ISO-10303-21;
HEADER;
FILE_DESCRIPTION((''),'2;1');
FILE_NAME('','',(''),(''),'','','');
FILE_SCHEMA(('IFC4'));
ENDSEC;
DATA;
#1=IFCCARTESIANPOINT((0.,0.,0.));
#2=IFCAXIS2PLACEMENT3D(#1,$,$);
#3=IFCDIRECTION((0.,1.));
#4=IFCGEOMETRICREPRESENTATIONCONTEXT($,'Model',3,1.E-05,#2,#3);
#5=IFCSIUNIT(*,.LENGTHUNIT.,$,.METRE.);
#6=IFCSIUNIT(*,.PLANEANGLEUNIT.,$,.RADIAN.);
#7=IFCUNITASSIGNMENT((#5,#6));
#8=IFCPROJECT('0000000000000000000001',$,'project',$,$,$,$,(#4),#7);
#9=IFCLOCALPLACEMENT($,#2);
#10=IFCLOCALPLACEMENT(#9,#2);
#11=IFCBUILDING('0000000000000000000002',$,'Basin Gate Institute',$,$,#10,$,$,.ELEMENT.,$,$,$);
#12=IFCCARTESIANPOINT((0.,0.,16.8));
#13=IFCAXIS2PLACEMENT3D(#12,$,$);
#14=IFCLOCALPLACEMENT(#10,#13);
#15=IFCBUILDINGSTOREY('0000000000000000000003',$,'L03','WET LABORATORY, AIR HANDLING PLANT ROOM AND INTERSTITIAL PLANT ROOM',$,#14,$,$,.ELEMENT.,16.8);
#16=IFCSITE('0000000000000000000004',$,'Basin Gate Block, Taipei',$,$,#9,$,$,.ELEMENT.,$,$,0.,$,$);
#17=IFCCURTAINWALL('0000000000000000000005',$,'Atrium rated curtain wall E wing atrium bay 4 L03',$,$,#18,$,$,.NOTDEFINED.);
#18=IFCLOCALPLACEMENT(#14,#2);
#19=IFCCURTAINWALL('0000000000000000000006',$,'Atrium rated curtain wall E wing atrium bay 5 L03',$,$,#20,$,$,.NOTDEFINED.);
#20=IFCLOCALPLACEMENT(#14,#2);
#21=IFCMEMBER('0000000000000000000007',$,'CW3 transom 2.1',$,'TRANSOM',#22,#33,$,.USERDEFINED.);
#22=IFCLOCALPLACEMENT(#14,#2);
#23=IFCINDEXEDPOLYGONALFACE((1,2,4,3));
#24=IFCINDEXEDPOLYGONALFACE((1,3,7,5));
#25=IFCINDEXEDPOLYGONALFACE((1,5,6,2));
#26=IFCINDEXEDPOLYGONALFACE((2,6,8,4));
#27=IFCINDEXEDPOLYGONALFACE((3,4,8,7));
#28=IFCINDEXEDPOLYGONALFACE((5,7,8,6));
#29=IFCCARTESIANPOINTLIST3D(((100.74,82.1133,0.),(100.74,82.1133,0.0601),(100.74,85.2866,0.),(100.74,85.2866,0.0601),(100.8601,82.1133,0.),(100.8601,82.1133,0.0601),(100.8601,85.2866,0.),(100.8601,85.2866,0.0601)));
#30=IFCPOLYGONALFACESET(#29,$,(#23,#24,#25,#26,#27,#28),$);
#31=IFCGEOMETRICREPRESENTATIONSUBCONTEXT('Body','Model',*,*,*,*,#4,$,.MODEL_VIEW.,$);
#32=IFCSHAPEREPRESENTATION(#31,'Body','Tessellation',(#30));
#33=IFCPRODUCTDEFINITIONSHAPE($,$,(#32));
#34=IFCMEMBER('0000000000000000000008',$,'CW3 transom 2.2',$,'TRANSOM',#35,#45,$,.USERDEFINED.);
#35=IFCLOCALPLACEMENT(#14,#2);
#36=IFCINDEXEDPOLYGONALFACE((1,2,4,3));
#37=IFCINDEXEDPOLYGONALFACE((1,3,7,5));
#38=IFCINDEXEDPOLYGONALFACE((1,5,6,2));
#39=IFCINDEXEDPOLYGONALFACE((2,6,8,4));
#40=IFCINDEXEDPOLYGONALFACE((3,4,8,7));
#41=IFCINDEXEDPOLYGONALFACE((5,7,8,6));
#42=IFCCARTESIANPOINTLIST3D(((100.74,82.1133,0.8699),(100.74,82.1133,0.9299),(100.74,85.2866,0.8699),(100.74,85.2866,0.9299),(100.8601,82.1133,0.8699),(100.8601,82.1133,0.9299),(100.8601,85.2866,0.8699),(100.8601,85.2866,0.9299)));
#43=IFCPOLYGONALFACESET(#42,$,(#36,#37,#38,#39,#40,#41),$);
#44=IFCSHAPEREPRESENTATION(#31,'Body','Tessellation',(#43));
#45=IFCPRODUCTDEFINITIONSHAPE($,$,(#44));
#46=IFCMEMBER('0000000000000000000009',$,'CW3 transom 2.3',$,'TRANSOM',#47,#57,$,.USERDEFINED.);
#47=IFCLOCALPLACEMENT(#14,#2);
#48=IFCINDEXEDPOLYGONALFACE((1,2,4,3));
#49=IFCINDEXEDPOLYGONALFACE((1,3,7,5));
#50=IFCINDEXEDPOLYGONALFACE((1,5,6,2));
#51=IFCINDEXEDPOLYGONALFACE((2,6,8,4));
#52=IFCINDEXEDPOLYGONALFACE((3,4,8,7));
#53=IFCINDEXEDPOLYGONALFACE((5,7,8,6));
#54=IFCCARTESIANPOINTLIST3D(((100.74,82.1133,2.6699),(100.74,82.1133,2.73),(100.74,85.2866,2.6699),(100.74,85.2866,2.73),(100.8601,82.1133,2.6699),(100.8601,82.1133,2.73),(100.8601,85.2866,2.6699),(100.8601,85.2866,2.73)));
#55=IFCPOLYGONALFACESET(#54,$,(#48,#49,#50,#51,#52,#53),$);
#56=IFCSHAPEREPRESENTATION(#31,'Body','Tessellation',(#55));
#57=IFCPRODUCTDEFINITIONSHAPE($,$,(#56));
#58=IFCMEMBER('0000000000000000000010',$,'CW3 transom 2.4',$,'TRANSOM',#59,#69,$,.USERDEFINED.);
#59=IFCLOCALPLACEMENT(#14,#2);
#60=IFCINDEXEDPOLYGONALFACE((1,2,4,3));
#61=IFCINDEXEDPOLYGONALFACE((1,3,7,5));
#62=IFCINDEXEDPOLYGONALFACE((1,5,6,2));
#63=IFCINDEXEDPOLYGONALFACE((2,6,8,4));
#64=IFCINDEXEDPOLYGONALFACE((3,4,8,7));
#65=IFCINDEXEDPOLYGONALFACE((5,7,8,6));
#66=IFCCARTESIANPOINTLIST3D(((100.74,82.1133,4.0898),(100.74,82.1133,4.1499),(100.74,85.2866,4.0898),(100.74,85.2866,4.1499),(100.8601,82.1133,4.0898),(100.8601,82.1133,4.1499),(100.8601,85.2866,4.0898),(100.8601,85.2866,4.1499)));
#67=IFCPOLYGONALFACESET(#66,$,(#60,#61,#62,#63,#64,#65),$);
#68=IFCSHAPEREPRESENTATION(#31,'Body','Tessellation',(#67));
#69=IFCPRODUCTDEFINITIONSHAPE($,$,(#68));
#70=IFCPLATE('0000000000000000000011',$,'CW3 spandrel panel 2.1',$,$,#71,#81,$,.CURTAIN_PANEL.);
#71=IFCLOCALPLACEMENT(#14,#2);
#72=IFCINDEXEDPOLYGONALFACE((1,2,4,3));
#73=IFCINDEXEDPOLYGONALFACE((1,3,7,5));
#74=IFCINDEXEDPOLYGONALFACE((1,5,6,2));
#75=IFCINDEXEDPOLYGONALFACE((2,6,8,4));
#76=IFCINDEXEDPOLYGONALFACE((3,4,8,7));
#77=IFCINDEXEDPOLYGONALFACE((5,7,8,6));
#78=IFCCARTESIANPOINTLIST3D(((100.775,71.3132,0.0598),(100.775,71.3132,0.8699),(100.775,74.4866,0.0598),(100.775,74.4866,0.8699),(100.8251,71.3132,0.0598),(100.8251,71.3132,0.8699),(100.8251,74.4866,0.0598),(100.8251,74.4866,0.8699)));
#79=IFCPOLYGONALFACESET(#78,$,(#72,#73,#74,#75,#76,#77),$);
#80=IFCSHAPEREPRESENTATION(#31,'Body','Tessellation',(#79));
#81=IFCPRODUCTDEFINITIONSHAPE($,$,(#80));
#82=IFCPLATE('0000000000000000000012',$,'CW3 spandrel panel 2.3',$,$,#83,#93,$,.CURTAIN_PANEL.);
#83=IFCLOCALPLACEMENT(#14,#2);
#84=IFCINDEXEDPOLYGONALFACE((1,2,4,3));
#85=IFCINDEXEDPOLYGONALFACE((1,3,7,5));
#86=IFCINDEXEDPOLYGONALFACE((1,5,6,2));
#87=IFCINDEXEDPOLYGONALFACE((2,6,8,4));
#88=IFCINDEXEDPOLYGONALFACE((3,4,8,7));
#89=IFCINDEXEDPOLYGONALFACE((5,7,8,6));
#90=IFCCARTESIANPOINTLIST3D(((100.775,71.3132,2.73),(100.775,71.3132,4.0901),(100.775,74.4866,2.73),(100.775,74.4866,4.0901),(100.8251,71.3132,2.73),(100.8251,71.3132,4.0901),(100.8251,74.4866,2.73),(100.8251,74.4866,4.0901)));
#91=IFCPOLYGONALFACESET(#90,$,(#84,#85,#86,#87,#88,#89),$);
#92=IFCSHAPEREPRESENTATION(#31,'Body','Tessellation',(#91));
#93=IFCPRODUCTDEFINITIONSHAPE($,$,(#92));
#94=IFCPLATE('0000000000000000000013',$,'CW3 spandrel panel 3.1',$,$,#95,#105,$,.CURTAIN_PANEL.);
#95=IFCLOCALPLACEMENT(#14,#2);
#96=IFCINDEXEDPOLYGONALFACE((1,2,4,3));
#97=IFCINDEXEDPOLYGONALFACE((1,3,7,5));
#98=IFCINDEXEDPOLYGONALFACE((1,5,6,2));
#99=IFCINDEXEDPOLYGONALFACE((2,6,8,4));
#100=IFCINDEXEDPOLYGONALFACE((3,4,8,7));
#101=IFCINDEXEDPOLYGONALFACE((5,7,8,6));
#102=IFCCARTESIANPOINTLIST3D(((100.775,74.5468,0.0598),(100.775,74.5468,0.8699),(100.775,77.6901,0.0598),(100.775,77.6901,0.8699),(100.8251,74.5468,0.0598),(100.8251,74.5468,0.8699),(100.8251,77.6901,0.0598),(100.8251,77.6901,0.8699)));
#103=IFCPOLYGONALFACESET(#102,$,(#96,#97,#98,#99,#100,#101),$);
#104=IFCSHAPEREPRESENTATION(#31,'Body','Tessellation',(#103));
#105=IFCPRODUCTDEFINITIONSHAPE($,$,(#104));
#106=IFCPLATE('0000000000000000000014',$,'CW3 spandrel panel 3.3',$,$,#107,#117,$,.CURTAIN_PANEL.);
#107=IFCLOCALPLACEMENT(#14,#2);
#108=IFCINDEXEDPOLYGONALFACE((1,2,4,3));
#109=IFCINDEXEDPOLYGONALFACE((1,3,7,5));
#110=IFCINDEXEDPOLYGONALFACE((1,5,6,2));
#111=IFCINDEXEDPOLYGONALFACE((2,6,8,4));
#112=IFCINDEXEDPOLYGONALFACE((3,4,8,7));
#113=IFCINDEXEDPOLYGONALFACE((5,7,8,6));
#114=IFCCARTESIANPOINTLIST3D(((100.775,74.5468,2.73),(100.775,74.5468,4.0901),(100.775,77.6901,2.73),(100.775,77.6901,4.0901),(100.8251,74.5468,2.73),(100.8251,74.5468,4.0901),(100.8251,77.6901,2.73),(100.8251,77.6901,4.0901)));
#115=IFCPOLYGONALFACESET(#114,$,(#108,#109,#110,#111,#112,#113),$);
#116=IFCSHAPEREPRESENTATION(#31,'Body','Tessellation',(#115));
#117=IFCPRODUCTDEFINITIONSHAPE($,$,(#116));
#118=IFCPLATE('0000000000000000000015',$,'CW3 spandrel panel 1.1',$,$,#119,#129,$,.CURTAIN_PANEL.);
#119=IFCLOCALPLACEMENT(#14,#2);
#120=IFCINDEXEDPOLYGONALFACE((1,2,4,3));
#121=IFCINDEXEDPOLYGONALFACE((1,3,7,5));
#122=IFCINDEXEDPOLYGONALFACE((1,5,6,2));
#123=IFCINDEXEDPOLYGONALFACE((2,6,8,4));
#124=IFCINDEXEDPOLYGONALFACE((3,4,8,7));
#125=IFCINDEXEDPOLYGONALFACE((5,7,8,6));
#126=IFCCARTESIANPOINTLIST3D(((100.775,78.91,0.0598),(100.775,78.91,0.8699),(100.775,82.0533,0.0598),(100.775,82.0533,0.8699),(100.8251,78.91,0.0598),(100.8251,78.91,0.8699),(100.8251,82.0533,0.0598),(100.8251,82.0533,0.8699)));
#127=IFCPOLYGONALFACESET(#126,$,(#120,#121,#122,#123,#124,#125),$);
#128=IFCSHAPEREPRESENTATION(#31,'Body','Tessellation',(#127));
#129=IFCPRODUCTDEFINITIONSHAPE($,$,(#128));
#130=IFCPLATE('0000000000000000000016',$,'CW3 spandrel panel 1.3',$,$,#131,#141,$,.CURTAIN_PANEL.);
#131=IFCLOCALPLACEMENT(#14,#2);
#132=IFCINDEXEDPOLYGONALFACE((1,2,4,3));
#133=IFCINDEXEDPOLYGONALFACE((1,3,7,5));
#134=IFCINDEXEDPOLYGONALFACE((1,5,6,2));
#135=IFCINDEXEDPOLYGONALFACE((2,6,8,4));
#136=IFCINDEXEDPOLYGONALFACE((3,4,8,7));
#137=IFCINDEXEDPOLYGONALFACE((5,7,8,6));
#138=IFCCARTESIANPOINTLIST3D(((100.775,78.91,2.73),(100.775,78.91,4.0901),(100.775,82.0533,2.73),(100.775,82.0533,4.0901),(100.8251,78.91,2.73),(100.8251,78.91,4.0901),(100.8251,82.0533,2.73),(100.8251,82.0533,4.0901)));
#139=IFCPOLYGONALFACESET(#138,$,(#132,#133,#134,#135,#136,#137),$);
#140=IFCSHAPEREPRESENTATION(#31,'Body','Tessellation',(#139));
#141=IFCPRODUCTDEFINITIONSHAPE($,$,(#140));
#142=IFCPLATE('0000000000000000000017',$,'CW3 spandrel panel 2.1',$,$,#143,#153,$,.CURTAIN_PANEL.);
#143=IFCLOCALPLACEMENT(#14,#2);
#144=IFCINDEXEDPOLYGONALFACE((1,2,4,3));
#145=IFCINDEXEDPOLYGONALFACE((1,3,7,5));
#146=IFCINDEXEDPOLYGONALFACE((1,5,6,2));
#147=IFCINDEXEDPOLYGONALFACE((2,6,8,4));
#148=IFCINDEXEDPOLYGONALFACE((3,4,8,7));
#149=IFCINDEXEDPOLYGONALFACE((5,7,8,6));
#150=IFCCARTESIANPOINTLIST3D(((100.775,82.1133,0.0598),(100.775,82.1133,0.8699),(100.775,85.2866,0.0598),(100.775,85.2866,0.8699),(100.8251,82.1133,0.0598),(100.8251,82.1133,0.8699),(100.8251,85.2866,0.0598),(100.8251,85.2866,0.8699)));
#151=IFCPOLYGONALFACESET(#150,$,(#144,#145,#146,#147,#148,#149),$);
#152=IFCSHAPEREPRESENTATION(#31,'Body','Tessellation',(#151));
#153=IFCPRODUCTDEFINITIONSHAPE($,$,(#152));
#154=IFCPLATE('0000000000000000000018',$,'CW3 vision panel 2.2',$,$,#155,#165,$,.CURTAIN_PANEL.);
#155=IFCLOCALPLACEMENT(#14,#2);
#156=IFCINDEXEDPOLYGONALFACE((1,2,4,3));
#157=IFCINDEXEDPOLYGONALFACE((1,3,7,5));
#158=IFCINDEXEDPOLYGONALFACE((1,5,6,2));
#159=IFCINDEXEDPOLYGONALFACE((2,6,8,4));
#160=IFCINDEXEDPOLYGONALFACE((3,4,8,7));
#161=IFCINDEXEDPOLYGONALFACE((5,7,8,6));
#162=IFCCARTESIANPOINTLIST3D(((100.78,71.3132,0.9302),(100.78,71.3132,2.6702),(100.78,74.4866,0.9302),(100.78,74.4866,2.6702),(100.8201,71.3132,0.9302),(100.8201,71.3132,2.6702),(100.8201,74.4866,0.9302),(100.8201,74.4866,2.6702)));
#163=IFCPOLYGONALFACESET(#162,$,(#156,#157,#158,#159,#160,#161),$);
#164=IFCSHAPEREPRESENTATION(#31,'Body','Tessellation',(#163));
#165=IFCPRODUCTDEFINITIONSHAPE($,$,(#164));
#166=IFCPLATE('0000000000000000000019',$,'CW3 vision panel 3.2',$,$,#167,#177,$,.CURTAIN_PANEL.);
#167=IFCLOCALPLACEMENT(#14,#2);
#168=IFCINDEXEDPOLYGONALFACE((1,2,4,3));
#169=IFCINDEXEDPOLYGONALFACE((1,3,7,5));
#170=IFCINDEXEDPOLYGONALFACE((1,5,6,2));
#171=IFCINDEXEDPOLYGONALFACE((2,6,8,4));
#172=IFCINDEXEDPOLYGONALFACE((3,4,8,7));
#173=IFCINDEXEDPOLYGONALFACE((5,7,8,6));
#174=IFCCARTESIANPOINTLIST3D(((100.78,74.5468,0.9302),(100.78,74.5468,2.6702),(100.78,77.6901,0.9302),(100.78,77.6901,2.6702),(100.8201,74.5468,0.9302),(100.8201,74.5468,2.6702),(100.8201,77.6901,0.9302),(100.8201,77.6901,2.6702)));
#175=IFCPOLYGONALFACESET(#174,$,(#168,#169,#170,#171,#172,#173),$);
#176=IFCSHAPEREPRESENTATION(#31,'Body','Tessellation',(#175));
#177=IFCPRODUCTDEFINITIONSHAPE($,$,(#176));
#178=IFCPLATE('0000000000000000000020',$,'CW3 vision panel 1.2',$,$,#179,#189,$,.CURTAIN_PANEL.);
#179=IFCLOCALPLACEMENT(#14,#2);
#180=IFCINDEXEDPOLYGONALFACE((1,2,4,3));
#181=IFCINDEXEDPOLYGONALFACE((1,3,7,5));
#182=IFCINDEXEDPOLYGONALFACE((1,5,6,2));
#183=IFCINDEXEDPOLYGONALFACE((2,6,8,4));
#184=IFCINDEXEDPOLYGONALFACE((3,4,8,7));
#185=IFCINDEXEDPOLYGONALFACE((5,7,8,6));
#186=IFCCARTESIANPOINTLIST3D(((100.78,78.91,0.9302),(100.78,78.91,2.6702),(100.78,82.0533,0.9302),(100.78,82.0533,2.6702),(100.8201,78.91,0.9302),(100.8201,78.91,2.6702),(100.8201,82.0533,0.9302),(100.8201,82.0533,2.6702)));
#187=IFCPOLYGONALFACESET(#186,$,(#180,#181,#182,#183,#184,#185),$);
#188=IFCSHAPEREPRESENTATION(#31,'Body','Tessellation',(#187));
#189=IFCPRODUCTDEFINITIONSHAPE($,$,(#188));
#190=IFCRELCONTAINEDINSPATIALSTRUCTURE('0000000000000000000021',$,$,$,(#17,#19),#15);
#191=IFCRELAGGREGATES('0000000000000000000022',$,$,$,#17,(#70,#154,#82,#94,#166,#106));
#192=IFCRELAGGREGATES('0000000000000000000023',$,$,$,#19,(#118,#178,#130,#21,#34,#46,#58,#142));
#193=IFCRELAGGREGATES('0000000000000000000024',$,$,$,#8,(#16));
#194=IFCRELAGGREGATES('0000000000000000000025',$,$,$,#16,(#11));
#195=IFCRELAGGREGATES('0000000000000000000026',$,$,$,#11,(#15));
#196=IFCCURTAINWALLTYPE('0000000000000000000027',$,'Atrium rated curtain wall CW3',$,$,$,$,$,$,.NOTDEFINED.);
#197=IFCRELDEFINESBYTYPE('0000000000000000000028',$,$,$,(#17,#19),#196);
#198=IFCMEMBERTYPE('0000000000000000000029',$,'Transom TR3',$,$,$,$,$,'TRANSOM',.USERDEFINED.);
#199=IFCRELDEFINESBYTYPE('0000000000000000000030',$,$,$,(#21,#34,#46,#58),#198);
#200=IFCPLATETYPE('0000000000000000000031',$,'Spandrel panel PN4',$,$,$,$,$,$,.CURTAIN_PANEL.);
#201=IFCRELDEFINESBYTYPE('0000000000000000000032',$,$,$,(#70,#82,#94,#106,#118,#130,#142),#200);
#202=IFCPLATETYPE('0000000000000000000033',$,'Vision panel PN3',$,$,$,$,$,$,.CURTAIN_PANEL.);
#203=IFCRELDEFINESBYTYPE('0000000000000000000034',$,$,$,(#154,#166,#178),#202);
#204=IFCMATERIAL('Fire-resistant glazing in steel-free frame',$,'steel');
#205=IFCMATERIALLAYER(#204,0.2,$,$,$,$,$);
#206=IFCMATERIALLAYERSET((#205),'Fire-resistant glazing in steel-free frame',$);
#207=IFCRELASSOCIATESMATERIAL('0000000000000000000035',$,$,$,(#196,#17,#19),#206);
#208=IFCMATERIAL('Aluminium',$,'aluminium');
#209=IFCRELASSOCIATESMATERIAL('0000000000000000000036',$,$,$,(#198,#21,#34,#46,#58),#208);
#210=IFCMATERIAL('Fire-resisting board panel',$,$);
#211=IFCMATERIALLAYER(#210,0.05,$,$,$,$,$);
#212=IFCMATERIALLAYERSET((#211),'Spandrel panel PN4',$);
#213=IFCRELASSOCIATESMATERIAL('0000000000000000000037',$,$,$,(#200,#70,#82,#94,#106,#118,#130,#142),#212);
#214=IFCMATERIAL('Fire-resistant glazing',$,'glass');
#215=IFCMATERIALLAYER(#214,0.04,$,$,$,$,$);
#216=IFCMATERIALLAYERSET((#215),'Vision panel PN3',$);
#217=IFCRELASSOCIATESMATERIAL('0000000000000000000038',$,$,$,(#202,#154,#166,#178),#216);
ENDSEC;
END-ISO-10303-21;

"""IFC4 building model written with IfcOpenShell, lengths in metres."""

from ifc_helpers import new_model, si_unit, direction, frame, origin, origin_2d, place, context, subcontext, project, spatial, rectangle, extrude, material, layer, layer_set, material_profile, profile_set, type_object, element, aggregate, save


model = new_model("IFC4")

# Units and contexts
model_context = context("Model", 3, precision=1e-05, world=origin(), true_north=direction((0.0, 1.0)))
body_context = subcontext(model_context, "Body", "Model", "MODEL_VIEW")
ifc_project = project(units=[si_unit("LENGTHUNIT", "METRE"), si_unit("PLANEANGLEUNIT", "RADIAN")], contexts=[model_context])

# Site, building, storey
site_placement = place(None, origin())
site = spatial("IfcSite", under=ifc_project, at=site_placement, Name="Basin Gate Block, Taipei", CompositionType="ELEMENT", RefElevation=0.0)
building_placement = place(site_placement, origin())
building = spatial("IfcBuilding", under=site, at=building_placement, Name="Basin Gate Institute", CompositionType="ELEMENT")
storey_placement = place(building_placement, frame((0.0, 0.0, 16.8)))
storey = spatial("IfcBuildingStorey", under=building, at=storey_placement, Name="L03", Description="WET LABORATORY, AIR HANDLING PLANT ROOM AND INTERSTITIAL PLANT ROOM", CompositionType="ELEMENT", Elevation=16.8)

# Curtain walls
ifc_material_1 = material(Name="Fire-resistant glazing in steel-free frame", Category="steel")
ifc_layer_1 = layer(ifc_material_1, 0.2)
ifc_layer_set_1 = layer_set([ifc_layer_1], Name="Fire-resistant glazing in steel-free frame")
curtain_wall_type = type_object("IfcCurtainWallType", Name="Atrium rated curtain wall CW3", PredefinedType="NOTDEFINED", material=ifc_layer_set_1)
curtain_wall_1_placement = place(storey_placement, origin())
curtain_wall_1 = element("IfcCurtainWall", 1, at=curtain_wall_1_placement, inside=storey, type_object=curtain_wall_type, material=ifc_layer_set_1, Name="Atrium rated curtain wall E wing atrium bay 4 L03", PredefinedType="NOTDEFINED")
curtain_wall_2_placement = place(storey_placement, origin())
curtain_wall_2 = element("IfcCurtainWall", 2, at=curtain_wall_2_placement, inside=storey, type_object=curtain_wall_type, material=ifc_layer_set_1, Name="Atrium rated curtain wall E wing atrium bay 5 L03", PredefinedType="NOTDEFINED")

# Members
ifc_material_2 = material(Name="Aluminium", Category="aluminium")
ifc_material_profile_1 = material_profile(ifc_material_2, rectangle(XDim=0.1201, YDim=0.0601, at=origin_2d()), Name="Transom TR3 120 x 60")
ifc_profile_set_1 = profile_set([ifc_material_profile_1], Name="Aluminium")
member_type_1 = type_object("IfcMemberType", Name="Transom TR3", ElementType="TRANSOM", PredefinedType="USERDEFINED", material=ifc_profile_set_1)
member_1_placement = place(storey_placement, frame((100.8, 82.1133, 0.03), z_axis=(0.0, 1.0, 0.0), x_axis=(-1.0, 0.0, 0.0)))
member_1 = element("IfcMember", 3, at=member_1_placement, type_object=member_type_1, material=ifc_profile_set_1, Name="CW3 transom 2.1", ObjectType="TRANSOM", PredefinedType="USERDEFINED", context=body_context, shape_type="SweptSolid", body=[
    extrude(rectangle(XDim=0.1201, YDim=0.0601, at=origin_2d()), origin(), (0.0, 0.0, 1.0), 3.1733),
])
member_2_placement = place(storey_placement, frame((100.8, 82.1133, 0.8999), z_axis=(0.0, 1.0, 0.0), x_axis=(-1.0, 0.0, 0.0)))
member_2 = element("IfcMember", 4, at=member_2_placement, type_object=member_type_1, material=ifc_profile_set_1, Name="CW3 transom 2.2", ObjectType="TRANSOM", PredefinedType="USERDEFINED", context=body_context, shape_type="SweptSolid", body=[
    extrude(rectangle(XDim=0.1201, YDim=0.0601, at=origin_2d()), origin(), (0.0, 0.0, 1.0), 3.1733),
])
member_3_placement = place(storey_placement, frame((100.8, 82.1133, 2.7), z_axis=(0.0, 1.0, 0.0), x_axis=(-1.0, 0.0, 0.0)))
member_3 = element("IfcMember", 5, at=member_3_placement, type_object=member_type_1, material=ifc_profile_set_1, Name="CW3 transom 2.3", ObjectType="TRANSOM", PredefinedType="USERDEFINED", context=body_context, shape_type="SweptSolid", body=[
    extrude(rectangle(XDim=0.1201, YDim=0.0601, at=origin_2d()), origin(), (0.0, 0.0, 1.0), 3.1733),
])
member_4_placement = place(storey_placement, frame((100.8, 82.1133, 4.1199), z_axis=(0.0, 1.0, 0.0), x_axis=(-1.0, 0.0, 0.0)))
member_4 = element("IfcMember", 6, at=member_4_placement, type_object=member_type_1, material=ifc_profile_set_1, Name="CW3 transom 2.4", ObjectType="TRANSOM", PredefinedType="USERDEFINED", context=body_context, shape_type="SweptSolid", body=[
    extrude(rectangle(XDim=0.1201, YDim=0.0601, at=origin_2d()), origin(), (0.0, 0.0, 1.0), 3.1733),
])

# Plates
ifc_material_3 = material(Name="Fire-resisting board panel")
ifc_layer_2 = layer(ifc_material_3, 0.05)
ifc_layer_set_2 = layer_set([ifc_layer_2], Name="Spandrel panel PN4")
plate_type_1 = type_object("IfcPlateType", Name="Spandrel panel PN4", PredefinedType="CURTAIN_PANEL", material=ifc_layer_set_2)
plate_1_placement = place(storey_placement, frame((100.8, 72.8999, 0.0598), z_axis=(0.0, 0.0, 1.0), x_axis=(0.0, 1.0, 0.0)))
plate_1 = element("IfcPlate", 7, at=plate_1_placement, type_object=plate_type_1, material=ifc_layer_set_2, Name="CW3 spandrel panel 2.1", PredefinedType="CURTAIN_PANEL", context=body_context, shape_type="SweptSolid", body=[
    extrude(rectangle(XDim=3.1733, YDim=0.05, at=origin_2d()), origin(), (0.0, 0.0, 1.0), 0.8101),
])
plate_2_placement = place(storey_placement, frame((100.8, 72.8999, 2.73), z_axis=(0.0, 0.0, 1.0), x_axis=(0.0, 1.0, 0.0)))
plate_2 = element("IfcPlate", 8, at=plate_2_placement, type_object=plate_type_1, material=ifc_layer_set_2, Name="CW3 spandrel panel 2.3", PredefinedType="CURTAIN_PANEL", context=body_context, shape_type="SweptSolid", body=[
    extrude(rectangle(XDim=3.1733, YDim=0.05, at=origin_2d()), origin(), (0.0, 0.0, 1.0), 1.3601),
])
plate_3_placement = place(storey_placement, frame((100.8, 76.1184, 0.0598), z_axis=(0.0, 0.0, 1.0), x_axis=(0.0, 1.0, 0.0)))
plate_3 = element("IfcPlate", 9, at=plate_3_placement, type_object=plate_type_1, material=ifc_layer_set_2, Name="CW3 spandrel panel 3.1", PredefinedType="CURTAIN_PANEL", context=body_context, shape_type="SweptSolid", body=[
    extrude(rectangle(XDim=3.1433, YDim=0.05, at=origin_2d()), origin(), (0.0, 0.0, 1.0), 0.8101),
])
plate_4_placement = place(storey_placement, frame((100.8, 76.1184, 2.73), z_axis=(0.0, 0.0, 1.0), x_axis=(0.0, 1.0, 0.0)))
plate_4 = element("IfcPlate", 10, at=plate_4_placement, type_object=plate_type_1, material=ifc_layer_set_2, Name="CW3 spandrel panel 3.3", PredefinedType="CURTAIN_PANEL", context=body_context, shape_type="SweptSolid", body=[
    extrude(rectangle(XDim=3.1433, YDim=0.05, at=origin_2d()), origin(), (0.0, 0.0, 1.0), 1.3601),
])
plate_5_placement = place(storey_placement, frame((100.8, 80.4817, 0.0598), z_axis=(0.0, 0.0, 1.0), x_axis=(0.0, 1.0, 0.0)))
plate_5 = element("IfcPlate", 11, at=plate_5_placement, type_object=plate_type_1, material=ifc_layer_set_2, Name="CW3 spandrel panel 1.1", PredefinedType="CURTAIN_PANEL", context=body_context, shape_type="SweptSolid", body=[
    extrude(rectangle(XDim=3.1433, YDim=0.05, at=origin_2d()), origin(), (0.0, 0.0, 1.0), 0.8101),
])
plate_6_placement = place(storey_placement, frame((100.8, 80.4817, 2.73), z_axis=(0.0, 0.0, 1.0), x_axis=(0.0, 1.0, 0.0)))
plate_6 = element("IfcPlate", 12, at=plate_6_placement, type_object=plate_type_1, material=ifc_layer_set_2, Name="CW3 spandrel panel 1.3", PredefinedType="CURTAIN_PANEL", context=body_context, shape_type="SweptSolid", body=[
    extrude(rectangle(XDim=3.1433, YDim=0.05, at=origin_2d()), origin(), (0.0, 0.0, 1.0), 1.3601),
])
plate_7_placement = place(storey_placement, frame((100.8, 83.7, 0.0598), z_axis=(0.0, 0.0, 1.0), x_axis=(0.0, 1.0, 0.0)))
plate_7 = element("IfcPlate", 13, at=plate_7_placement, type_object=plate_type_1, material=ifc_layer_set_2, Name="CW3 spandrel panel 2.1", PredefinedType="CURTAIN_PANEL", context=body_context, shape_type="SweptSolid", body=[
    extrude(rectangle(XDim=3.1733, YDim=0.05, at=origin_2d()), origin(), (0.0, 0.0, 1.0), 0.8101),
])
ifc_material_4 = material(Name="Fire-resistant glazing", Category="glass")
ifc_layer_3 = layer(ifc_material_4, 0.04)
ifc_layer_set_3 = layer_set([ifc_layer_3], Name="Vision panel PN3")
plate_type_2 = type_object("IfcPlateType", Name="Vision panel PN3", PredefinedType="CURTAIN_PANEL", material=ifc_layer_set_3)
plate_8_placement = place(storey_placement, frame((100.8, 72.8999, 0.9302), z_axis=(0.0, 0.0, 1.0), x_axis=(0.0, 1.0, 0.0)))
plate_8 = element("IfcPlate", 14, at=plate_8_placement, type_object=plate_type_2, material=ifc_layer_set_3, Name="CW3 vision panel 2.2", PredefinedType="CURTAIN_PANEL", context=body_context, shape_type="SweptSolid", body=[
    extrude(rectangle(XDim=3.1733, YDim=0.04, at=origin_2d()), origin(), (0.0, 0.0, 1.0), 1.74),
])
plate_9_placement = place(storey_placement, frame((100.8, 76.1184, 0.9302), z_axis=(0.0, 0.0, 1.0), x_axis=(0.0, 1.0, 0.0)))
plate_9 = element("IfcPlate", 15, at=plate_9_placement, type_object=plate_type_2, material=ifc_layer_set_3, Name="CW3 vision panel 3.2", PredefinedType="CURTAIN_PANEL", context=body_context, shape_type="SweptSolid", body=[
    extrude(rectangle(XDim=3.1433, YDim=0.04, at=origin_2d()), origin(), (0.0, 0.0, 1.0), 1.74),
])
aggregate(curtain_wall_1, [plate_1, plate_8, plate_2, plate_3, plate_9, plate_4])
plate_10_placement = place(storey_placement, frame((100.8, 80.4817, 0.9302), z_axis=(0.0, 0.0, 1.0), x_axis=(0.0, 1.0, 0.0)))
plate_10 = element("IfcPlate", 16, at=plate_10_placement, type_object=plate_type_2, material=ifc_layer_set_3, Name="CW3 vision panel 1.2", PredefinedType="CURTAIN_PANEL", context=body_context, shape_type="SweptSolid", body=[
    extrude(rectangle(XDim=3.1433, YDim=0.04, at=origin_2d()), origin(), (0.0, 0.0, 1.0), 1.74),
])
aggregate(curtain_wall_2, [plate_5, plate_10, plate_6, member_1, member_2, member_3, member_4, plate_7])

save(model, "model.ifc")
